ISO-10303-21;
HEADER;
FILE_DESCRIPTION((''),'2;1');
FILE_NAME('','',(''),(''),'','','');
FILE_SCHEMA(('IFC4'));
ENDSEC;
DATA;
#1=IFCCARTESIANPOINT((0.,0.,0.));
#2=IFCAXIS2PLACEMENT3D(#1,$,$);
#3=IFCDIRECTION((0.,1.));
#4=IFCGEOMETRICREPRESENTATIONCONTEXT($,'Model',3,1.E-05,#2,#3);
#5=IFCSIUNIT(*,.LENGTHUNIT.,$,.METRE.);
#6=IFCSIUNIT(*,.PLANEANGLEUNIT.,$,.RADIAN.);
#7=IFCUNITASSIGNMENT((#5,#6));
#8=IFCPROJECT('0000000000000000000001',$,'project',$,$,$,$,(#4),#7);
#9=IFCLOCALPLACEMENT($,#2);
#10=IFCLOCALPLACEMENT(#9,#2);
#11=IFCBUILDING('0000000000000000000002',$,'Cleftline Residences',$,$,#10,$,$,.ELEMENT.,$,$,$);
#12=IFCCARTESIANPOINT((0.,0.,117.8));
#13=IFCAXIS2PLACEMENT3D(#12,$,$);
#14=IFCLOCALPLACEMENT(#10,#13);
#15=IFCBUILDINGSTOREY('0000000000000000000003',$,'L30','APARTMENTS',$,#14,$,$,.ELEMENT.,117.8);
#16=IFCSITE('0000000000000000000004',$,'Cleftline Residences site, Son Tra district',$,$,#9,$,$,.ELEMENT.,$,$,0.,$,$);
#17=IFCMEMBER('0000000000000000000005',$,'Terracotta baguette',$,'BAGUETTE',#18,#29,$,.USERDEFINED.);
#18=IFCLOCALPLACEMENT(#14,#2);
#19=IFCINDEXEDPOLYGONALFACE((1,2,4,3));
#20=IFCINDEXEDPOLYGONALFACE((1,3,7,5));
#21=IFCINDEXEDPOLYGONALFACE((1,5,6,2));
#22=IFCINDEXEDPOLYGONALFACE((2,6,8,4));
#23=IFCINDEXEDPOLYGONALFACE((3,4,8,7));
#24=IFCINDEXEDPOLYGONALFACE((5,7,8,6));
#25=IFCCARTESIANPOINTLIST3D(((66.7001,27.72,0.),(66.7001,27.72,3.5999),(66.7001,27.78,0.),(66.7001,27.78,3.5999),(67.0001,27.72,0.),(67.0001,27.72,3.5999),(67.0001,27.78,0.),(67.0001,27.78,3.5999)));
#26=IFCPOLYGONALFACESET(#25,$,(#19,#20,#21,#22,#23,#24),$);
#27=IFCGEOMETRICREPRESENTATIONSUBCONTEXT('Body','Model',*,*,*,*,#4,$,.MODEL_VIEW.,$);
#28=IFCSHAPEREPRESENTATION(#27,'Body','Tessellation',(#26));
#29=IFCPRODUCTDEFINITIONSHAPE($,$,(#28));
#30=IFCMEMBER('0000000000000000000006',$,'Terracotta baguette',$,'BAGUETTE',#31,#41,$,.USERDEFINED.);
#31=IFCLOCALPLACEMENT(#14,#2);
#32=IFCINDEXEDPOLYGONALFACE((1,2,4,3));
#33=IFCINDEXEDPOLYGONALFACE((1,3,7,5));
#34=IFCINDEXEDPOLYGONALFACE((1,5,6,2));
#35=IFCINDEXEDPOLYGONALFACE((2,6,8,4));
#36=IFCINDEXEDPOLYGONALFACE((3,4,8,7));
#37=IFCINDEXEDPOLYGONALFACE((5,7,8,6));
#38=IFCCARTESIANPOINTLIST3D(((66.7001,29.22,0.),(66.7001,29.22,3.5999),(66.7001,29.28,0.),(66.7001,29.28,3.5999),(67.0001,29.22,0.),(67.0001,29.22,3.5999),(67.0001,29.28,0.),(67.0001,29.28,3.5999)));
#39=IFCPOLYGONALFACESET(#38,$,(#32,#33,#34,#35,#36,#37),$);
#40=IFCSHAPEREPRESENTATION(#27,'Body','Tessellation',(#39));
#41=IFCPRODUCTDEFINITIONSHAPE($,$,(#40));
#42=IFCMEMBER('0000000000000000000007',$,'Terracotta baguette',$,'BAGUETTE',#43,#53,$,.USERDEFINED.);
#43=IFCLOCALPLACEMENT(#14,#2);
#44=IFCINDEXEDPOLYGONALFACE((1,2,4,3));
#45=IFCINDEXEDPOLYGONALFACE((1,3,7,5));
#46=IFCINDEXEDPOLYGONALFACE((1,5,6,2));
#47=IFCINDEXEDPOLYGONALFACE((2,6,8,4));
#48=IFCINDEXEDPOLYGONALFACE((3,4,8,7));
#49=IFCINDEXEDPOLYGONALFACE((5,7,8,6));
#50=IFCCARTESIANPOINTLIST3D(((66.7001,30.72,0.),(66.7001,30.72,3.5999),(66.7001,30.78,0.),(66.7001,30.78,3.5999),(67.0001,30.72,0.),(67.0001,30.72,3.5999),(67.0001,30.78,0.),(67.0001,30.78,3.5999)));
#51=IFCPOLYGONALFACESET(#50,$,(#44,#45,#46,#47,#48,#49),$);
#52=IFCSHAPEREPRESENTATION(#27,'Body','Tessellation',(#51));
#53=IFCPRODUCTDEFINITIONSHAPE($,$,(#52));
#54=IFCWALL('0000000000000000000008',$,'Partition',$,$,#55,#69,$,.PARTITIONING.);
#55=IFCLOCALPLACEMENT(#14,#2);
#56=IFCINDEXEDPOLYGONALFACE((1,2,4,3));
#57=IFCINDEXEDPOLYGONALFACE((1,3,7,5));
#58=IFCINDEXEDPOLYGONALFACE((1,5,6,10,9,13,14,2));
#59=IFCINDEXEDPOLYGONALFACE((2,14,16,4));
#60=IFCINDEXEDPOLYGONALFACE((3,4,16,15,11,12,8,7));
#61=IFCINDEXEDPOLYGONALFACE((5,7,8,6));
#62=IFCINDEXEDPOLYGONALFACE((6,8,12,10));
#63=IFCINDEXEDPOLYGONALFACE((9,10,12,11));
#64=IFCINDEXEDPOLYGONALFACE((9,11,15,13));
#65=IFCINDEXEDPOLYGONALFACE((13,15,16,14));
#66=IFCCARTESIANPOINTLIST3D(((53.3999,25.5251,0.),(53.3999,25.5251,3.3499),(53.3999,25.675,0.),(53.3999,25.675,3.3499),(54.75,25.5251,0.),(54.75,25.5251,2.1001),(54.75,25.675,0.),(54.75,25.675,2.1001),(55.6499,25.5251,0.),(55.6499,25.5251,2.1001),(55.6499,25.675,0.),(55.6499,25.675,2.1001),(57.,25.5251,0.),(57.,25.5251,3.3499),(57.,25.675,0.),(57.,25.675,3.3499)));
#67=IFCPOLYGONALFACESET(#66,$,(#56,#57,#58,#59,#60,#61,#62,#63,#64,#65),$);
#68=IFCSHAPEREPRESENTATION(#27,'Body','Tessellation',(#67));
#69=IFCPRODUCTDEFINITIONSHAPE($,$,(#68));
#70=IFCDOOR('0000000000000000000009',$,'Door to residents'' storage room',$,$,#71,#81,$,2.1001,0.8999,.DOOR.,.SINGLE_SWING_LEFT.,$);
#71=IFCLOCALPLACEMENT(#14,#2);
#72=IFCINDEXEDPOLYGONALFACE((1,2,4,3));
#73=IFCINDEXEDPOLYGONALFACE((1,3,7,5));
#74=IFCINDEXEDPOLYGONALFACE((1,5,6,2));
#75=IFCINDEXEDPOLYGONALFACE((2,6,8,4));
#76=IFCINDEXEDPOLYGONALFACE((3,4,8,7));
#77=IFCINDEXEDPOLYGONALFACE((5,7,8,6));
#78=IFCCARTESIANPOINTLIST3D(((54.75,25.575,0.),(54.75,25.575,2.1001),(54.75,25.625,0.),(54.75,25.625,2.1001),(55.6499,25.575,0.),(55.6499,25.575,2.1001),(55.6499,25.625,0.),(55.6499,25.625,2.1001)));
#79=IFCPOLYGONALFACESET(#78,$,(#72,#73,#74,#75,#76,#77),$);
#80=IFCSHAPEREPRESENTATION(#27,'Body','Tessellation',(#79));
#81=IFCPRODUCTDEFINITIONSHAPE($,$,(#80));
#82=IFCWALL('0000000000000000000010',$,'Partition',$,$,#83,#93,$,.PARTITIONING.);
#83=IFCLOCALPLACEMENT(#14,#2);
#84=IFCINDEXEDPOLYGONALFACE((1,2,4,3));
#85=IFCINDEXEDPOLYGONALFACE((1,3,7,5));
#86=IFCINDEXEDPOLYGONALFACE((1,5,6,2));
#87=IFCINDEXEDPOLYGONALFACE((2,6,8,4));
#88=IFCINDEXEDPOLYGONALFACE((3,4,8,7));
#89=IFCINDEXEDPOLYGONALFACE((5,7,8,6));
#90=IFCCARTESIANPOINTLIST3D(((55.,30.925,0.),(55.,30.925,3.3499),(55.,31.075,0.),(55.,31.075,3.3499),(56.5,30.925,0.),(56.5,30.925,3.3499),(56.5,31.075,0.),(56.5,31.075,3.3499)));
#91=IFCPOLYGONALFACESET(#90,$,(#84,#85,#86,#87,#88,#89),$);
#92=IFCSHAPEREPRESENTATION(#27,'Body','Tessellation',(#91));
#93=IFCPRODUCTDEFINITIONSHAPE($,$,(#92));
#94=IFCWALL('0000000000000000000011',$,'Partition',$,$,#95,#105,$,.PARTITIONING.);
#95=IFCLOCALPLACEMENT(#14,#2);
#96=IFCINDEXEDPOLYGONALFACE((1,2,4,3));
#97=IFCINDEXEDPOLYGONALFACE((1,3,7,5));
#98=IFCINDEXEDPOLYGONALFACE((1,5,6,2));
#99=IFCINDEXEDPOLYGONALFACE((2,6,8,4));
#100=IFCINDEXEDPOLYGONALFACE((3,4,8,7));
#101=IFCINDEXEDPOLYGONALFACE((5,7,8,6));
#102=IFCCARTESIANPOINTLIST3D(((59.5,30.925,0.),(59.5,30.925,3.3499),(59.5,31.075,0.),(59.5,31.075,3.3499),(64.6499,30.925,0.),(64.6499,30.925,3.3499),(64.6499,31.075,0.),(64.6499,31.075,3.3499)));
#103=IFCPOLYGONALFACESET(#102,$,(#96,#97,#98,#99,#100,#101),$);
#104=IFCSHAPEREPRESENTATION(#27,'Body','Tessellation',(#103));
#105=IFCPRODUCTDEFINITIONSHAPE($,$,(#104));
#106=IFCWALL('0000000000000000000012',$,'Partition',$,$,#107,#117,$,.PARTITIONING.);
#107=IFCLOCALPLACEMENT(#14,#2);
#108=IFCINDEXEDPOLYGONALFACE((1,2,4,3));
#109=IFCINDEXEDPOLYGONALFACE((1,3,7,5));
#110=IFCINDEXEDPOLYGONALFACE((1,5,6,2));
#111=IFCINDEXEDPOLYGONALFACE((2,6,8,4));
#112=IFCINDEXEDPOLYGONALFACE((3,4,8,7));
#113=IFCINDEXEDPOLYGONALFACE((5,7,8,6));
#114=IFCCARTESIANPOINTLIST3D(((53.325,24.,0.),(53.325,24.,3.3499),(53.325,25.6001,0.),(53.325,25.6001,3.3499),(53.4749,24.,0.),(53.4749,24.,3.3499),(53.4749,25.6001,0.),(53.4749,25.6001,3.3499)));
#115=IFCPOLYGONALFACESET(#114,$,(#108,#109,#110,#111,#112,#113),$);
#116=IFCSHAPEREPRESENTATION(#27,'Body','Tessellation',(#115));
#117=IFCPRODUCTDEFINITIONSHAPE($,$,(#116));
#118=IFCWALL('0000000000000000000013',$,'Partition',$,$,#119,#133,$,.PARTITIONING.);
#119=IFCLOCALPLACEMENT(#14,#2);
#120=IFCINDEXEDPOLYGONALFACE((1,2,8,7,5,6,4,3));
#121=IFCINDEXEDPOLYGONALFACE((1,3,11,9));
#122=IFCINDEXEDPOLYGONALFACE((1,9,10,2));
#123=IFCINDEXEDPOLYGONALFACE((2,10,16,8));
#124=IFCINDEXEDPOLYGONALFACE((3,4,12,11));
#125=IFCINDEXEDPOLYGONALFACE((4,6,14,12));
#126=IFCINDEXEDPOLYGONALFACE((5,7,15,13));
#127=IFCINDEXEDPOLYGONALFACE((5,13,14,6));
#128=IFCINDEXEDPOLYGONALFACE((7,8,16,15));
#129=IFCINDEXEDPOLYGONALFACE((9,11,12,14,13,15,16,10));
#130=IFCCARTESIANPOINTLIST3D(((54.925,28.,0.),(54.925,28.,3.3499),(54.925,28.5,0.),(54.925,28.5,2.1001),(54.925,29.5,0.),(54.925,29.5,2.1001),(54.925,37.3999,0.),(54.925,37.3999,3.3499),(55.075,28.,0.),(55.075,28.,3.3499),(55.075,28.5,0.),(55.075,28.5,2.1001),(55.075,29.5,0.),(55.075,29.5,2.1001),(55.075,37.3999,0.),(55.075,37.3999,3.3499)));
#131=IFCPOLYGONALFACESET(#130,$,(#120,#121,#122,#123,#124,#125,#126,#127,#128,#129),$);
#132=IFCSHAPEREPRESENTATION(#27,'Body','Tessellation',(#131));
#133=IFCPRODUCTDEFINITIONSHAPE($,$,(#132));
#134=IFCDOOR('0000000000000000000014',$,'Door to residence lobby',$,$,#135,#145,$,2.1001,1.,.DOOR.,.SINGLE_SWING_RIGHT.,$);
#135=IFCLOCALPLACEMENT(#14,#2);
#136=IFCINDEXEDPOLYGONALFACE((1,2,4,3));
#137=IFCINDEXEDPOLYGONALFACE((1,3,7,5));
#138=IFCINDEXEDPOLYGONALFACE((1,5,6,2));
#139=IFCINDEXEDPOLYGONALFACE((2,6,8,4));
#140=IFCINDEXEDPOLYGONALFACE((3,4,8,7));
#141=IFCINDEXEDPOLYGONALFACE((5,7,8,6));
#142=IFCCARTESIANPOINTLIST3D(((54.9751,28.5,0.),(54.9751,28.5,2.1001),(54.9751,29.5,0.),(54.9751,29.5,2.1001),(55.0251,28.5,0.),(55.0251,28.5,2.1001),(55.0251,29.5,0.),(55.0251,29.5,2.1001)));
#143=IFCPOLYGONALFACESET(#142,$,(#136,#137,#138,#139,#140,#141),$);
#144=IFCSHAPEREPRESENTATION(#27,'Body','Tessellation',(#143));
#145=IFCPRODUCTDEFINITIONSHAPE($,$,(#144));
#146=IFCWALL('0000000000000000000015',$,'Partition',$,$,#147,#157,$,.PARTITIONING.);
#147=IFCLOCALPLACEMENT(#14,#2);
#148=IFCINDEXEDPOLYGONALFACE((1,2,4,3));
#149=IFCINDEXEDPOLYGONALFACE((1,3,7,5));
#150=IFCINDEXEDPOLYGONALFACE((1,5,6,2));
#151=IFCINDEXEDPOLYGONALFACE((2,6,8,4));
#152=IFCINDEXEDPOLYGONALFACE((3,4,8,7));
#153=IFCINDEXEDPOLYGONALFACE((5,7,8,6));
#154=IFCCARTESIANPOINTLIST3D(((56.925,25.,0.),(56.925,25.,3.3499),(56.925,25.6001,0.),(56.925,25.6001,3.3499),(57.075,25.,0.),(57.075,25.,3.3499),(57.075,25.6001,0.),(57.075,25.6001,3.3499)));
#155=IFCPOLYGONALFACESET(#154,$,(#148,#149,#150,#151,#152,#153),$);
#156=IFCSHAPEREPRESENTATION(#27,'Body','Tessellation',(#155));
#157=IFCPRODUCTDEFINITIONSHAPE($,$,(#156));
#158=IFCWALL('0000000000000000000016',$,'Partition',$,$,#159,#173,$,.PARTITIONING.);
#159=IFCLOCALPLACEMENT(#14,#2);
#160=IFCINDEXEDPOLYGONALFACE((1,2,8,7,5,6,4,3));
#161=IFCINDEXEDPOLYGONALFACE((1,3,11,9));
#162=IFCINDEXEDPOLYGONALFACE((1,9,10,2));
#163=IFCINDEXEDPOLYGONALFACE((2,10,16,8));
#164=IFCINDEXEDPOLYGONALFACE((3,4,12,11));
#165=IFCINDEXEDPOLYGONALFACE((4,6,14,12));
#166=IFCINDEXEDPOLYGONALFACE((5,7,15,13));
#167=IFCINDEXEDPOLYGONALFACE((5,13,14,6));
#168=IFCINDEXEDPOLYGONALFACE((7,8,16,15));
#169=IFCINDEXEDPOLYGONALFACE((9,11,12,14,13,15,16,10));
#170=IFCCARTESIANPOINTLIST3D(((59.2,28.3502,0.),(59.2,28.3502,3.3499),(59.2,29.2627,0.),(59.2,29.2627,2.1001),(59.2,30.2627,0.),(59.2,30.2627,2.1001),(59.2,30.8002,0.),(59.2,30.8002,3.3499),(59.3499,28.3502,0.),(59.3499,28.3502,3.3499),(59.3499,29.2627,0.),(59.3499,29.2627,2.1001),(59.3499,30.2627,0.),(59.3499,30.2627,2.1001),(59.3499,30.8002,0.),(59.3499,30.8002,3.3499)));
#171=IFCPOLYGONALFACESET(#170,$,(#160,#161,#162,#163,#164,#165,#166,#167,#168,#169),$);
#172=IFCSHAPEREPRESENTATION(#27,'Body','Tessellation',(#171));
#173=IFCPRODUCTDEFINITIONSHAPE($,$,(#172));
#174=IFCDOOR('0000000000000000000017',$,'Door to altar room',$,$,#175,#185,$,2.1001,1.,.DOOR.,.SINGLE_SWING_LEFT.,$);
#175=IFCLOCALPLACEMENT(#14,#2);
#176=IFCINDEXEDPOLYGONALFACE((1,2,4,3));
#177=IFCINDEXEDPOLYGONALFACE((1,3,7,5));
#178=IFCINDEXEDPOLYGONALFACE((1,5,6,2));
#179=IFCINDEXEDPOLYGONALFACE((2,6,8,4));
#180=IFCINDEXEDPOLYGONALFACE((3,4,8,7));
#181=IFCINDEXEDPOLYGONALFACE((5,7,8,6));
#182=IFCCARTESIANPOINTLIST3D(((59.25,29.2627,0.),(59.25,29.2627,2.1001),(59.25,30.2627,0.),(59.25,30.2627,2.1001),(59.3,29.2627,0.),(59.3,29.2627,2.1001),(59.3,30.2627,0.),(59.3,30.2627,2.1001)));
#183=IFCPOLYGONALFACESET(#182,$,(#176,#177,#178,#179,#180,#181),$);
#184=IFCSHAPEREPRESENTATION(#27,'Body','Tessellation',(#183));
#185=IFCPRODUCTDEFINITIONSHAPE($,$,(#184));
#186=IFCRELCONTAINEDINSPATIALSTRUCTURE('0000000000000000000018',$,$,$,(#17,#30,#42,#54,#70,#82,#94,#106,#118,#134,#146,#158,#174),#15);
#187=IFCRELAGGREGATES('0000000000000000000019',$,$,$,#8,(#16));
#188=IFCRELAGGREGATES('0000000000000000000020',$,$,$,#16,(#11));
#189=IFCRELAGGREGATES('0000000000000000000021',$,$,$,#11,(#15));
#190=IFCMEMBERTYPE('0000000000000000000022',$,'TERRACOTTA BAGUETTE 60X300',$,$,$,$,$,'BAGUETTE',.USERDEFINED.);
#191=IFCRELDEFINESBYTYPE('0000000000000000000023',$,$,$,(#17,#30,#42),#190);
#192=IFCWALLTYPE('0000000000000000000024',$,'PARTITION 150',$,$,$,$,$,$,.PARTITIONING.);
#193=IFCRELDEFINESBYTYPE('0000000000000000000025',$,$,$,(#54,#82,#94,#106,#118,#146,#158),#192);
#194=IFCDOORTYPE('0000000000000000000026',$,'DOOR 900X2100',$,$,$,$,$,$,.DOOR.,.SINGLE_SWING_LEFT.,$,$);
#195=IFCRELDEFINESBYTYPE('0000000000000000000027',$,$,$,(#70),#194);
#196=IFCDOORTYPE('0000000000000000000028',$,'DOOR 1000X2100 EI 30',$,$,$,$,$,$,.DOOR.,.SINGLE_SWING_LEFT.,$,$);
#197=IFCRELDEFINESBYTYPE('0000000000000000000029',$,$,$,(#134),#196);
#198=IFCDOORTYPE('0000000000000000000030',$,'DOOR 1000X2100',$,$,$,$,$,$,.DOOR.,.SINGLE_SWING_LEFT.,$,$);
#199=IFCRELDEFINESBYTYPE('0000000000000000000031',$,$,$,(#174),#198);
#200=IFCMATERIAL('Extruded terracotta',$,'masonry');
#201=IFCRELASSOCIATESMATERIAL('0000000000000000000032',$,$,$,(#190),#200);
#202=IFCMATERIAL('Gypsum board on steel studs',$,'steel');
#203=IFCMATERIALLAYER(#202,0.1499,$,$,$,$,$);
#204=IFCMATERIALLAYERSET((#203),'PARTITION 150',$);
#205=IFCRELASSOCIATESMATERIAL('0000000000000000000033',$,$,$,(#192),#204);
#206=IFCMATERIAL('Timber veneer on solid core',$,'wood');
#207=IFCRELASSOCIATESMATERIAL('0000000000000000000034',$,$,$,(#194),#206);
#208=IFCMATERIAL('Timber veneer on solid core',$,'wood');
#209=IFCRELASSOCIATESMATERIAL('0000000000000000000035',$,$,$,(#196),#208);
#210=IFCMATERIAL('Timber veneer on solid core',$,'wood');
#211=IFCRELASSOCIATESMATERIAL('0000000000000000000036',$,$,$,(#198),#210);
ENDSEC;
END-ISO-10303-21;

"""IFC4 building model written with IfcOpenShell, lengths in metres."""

from ifc_helpers import new_model, si_unit, direction, frame, frame_2d, origin, origin_2d, place, context, subcontext, project, spatial, rectangle, extrude, material, layer, layer_set, material_profile, profile_set, type_object, element, fill, save


model = new_model("IFC4")

# Units and contexts
model_context = context("Model", 3, precision=1e-05, world=origin(), true_north=direction((0.0, 1.0)))
body_context = subcontext(model_context, "Body", "Model", "MODEL_VIEW")
ifc_project = project(units=[si_unit("LENGTHUNIT", "METRE"), si_unit("PLANEANGLEUNIT", "RADIAN")], contexts=[model_context])

# Site, building, storey
site_placement = place(None, origin())
site = spatial("IfcSite", under=ifc_project, at=site_placement, Name="Cleftline Residences site, Son Tra district", CompositionType="ELEMENT", RefElevation=0.0)
building_placement = place(site_placement, origin())
building = spatial("IfcBuilding", under=site, at=building_placement, Name="Cleftline Residences", CompositionType="ELEMENT")
storey_placement = place(building_placement, frame((0.0, 0.0, 117.8)))
storey = spatial("IfcBuildingStorey", under=building, at=storey_placement, Name="L30", Description="APARTMENTS", CompositionType="ELEMENT", Elevation=117.8)

# Members
ifc_material_1 = material(Name="Extruded terracotta", Category="masonry")
ifc_material_profile_1 = material_profile(ifc_material_1, rectangle(XDim=0.0601, YDim=0.3, at=origin_2d()))
ifc_profile_set_1 = profile_set([ifc_material_profile_1], Name="Extruded terracotta")
member_type_1 = type_object("IfcMemberType", Name="TERRACOTTA BAGUETTE 60X300", ElementType="BAGUETTE", PredefinedType="USERDEFINED", material=ifc_profile_set_1)
for number, where, z_axis, x_axis, name in (
    (1, (66.8501, 27.75, 0.0), (0.0, 0.0, 1.0), (0.0, 1.0, 0.0), "Terracotta baguette"),
    (2, (66.8501, 29.25, 0.0), (0.0, 0.0, 1.0), (0.0, 1.0, 0.0), "Terracotta baguette"),
    (3, (66.8501, 30.75, 0.0), (0.0, 0.0, 1.0), (0.0, 1.0, 0.0), "Terracotta baguette"),
):
    element("IfcMember", number, at=place(storey_placement, frame(where, z_axis=z_axis, x_axis=x_axis)), inside=storey, type_object=member_type_1, Name=name, ObjectType="BAGUETTE", PredefinedType="USERDEFINED", context=body_context, shape_type="SweptSolid", body=[
        extrude(rectangle(XDim=0.0601, YDim=0.3, at=origin_2d()), origin(), (0.0, 0.0, 1.0), 3.5999),
    ])

# Wall, opening, door
ifc_material_2 = material(Name="Gypsum board on steel studs", Category="steel")
ifc_layer_1 = layer(ifc_material_2, 0.1499)
ifc_layer_set_1 = layer_set([ifc_layer_1], Name="PARTITION 150")
wall_type_1 = type_object("IfcWallType", Name="PARTITION 150", PredefinedType="PARTITIONING", material=ifc_layer_set_1)
wall_1_placement = place(storey_placement, frame((53.3999, 25.6001, 0.0), z_axis=(0.0, 0.0, 1.0), x_axis=(1.0, 0.0, 0.0)))
wall_1 = element("IfcWall", 4, at=wall_1_placement, inside=storey, type_object=wall_type_1, Name="Partition", PredefinedType="PARTITIONING", context=body_context, shape_type="SweptSolid", body=[
    extrude(rectangle(XDim=3.6001, YDim=0.1499, at=frame_2d((1.8, 0.0))), origin(), (0.0, 0.0, 1.0), 3.3499),
])
opening_1_placement = place(wall_1_placement, frame((1.3501, 0.0, 0.0)))
opening_1 = element("IfcOpeningElement", 5, at=opening_1_placement, cuts=wall_1, PredefinedType="OPENING", context=body_context, shape_type="SweptSolid", body=[
    extrude(rectangle(XDim=0.8999, YDim=2.1001, at=frame_2d((0.45, 1.05))), frame((0.0, 0.085, 0.0), z_axis=(0.0, -1.0, 0.0), x_axis=(1.0, 0.0, 0.0)), (0.0, 0.0, 1.0), 0.1699),
])
ifc_material_3 = material(Name="Timber veneer on solid core", Category="wood")
door_type_1 = type_object("IfcDoorType", Name="DOOR 900X2100", OperationType="SINGLE_SWING_LEFT", PredefinedType="DOOR", material=ifc_material_3)
door_1_placement = place(opening_1_placement, origin())
door_1 = element("IfcDoor", 6, at=door_1_placement, inside=storey, type_object=door_type_1, Name="Door to residents' storage room", OperationType="SINGLE_SWING_LEFT", OverallHeight=2.1001, OverallWidth=0.8999, PredefinedType="DOOR", context=body_context, shape_type="SweptSolid", body=[
    extrude(rectangle(XDim=0.8999, YDim=2.1001, at=frame_2d((0.45, 1.05))), frame((0.0, 0.0249, 0.0), z_axis=(0.0, -1.0, 0.0), x_axis=(1.0, 0.0, 0.0)), (0.0, 0.0, 1.0), 0.05),
])
fill(opening_1, door_1)

# Walls
wall_2_placement = place(storey_placement, frame((55.0, 31.0, 0.0), z_axis=(0.0, 0.0, 1.0), x_axis=(1.0, 0.0, 0.0)))
element("IfcWall", 7, at=wall_2_placement, inside=storey, type_object=wall_type_1, Name="Partition", PredefinedType="PARTITIONING", context=body_context, shape_type="SweptSolid", body=[
    extrude(rectangle(XDim=1.5, YDim=0.1499, at=frame_2d((0.75, 0.0))), origin(), (0.0, 0.0, 1.0), 3.3499),
])
wall_3_placement = place(storey_placement, frame((59.5, 31.0, 0.0), z_axis=(0.0, 0.0, 1.0), x_axis=(1.0, 0.0, 0.0)))
element("IfcWall", 8, at=wall_3_placement, inside=storey, type_object=wall_type_1, Name="Partition", PredefinedType="PARTITIONING", context=body_context, shape_type="SweptSolid", body=[
    extrude(rectangle(XDim=5.1499, YDim=0.1499, at=frame_2d((2.575, 0.0))), origin(), (0.0, 0.0, 1.0), 3.3499),
])
wall_4_placement = place(storey_placement, frame((53.3999, 24.0, 0.0), z_axis=(0.0, 0.0, 1.0), x_axis=(0.0, 1.0, 0.0)))
element("IfcWall", 9, at=wall_4_placement, inside=storey, type_object=wall_type_1, Name="Partition", PredefinedType="PARTITIONING", context=body_context, shape_type="SweptSolid", body=[
    extrude(rectangle(XDim=1.6001, YDim=0.1499, at=frame_2d((0.8, 0.0))), origin(), (0.0, 0.0, 1.0), 3.3499),
])

# Wall, opening, door
wall_5_placement = place(storey_placement, frame((55.0, 28.0, 0.0), z_axis=(0.0, 0.0, 1.0), x_axis=(0.0, 1.0, 0.0)))
wall_5 = element("IfcWall", 10, at=wall_5_placement, inside=storey, type_object=wall_type_1, Name="Partition", PredefinedType="PARTITIONING", context=body_context, shape_type="SweptSolid", body=[
    extrude(rectangle(XDim=9.3999, YDim=0.1499, at=frame_2d((4.7, 0.0))), origin(), (0.0, 0.0, 1.0), 3.3499),
])
opening_2_placement = place(wall_5_placement, frame((0.5, 0.0, 0.0)))
opening_2 = element("IfcOpeningElement", 11, at=opening_2_placement, cuts=wall_5, PredefinedType="OPENING", context=body_context, shape_type="SweptSolid", body=[
    extrude(rectangle(XDim=1.0, YDim=2.1001, at=frame_2d((0.5, 1.05))), frame((0.0, 0.085, 0.0), z_axis=(0.0, -1.0, 0.0), x_axis=(1.0, 0.0, 0.0)), (0.0, 0.0, 1.0), 0.1699),
])
ifc_material_4 = material(Name="Timber veneer on solid core", Category="wood")
door_type_2 = type_object("IfcDoorType", Name="DOOR 1000X2100 EI 30", OperationType="SINGLE_SWING_LEFT", PredefinedType="DOOR", material=ifc_material_4)
door_2_placement = place(opening_2_placement, origin())
door_2 = element("IfcDoor", 12, at=door_2_placement, inside=storey, type_object=door_type_2, Name="Door to residence lobby", OperationType="SINGLE_SWING_RIGHT", OverallHeight=2.1001, OverallWidth=1.0, PredefinedType="DOOR", context=body_context, shape_type="SweptSolid", body=[
    extrude(rectangle(XDim=1.0, YDim=2.1001, at=frame_2d((0.5, 1.05))), frame((0.0, 0.0249, 0.0), z_axis=(0.0, -1.0, 0.0), x_axis=(1.0, 0.0, 0.0)), (0.0, 0.0, 1.0), 0.05),
])
fill(opening_2, door_2)

# Wall
wall_6_placement = place(storey_placement, frame((57.0, 25.0, 0.0), z_axis=(0.0, 0.0, 1.0), x_axis=(0.0, 1.0, 0.0)))
element("IfcWall", 13, at=wall_6_placement, inside=storey, type_object=wall_type_1, Name="Partition", PredefinedType="PARTITIONING", context=body_context, shape_type="SweptSolid", body=[
    extrude(rectangle(XDim=0.6001, YDim=0.1499, at=frame_2d((0.3, 0.0))), origin(), (0.0, 0.0, 1.0), 3.3499),
])

# Wall, opening, door
wall_7_placement = place(storey_placement, frame((59.2749, 28.3501, 0.0), z_axis=(0.0, 0.0, 1.0), x_axis=(0.0, 1.0, 0.0)))
wall_7 = element("IfcWall", 14, at=wall_7_placement, inside=storey, type_object=wall_type_1, Name="Partition", PredefinedType="PARTITIONING", context=body_context, shape_type="SweptSolid", body=[
    extrude(rectangle(XDim=2.45, YDim=0.1499, at=frame_2d((1.2251, 0.0))), origin(), (0.0, 0.0, 1.0), 3.3499),
])
opening_3_placement = place(wall_7_placement, frame((0.9126, 0.0, 0.0)))
opening_3 = element("IfcOpeningElement", 15, at=opening_3_placement, cuts=wall_7, PredefinedType="OPENING", context=body_context, shape_type="SweptSolid", body=[
    extrude(rectangle(XDim=1.0, YDim=2.1001, at=frame_2d((0.5, 1.05))), frame((0.0, 0.085, 0.0), z_axis=(0.0, -1.0, 0.0), x_axis=(1.0, 0.0, 0.0)), (0.0, 0.0, 1.0), 0.1699),
])
ifc_material_5 = material(Name="Timber veneer on solid core", Category="wood")
door_type_3 = type_object("IfcDoorType", Name="DOOR 1000X2100", OperationType="SINGLE_SWING_LEFT", PredefinedType="DOOR", material=ifc_material_5)
door_3_placement = place(opening_3_placement, origin())
door_3 = element("IfcDoor", 16, at=door_3_placement, inside=storey, type_object=door_type_3, Name="Door to altar room", OperationType="SINGLE_SWING_LEFT", OverallHeight=2.1001, OverallWidth=1.0, PredefinedType="DOOR", context=body_context, shape_type="SweptSolid", body=[
    extrude(rectangle(XDim=1.0, YDim=2.1001, at=frame_2d((0.5, 1.05))), frame((0.0, 0.0249, 0.0), z_axis=(0.0, -1.0, 0.0), x_axis=(1.0, 0.0, 0.0)), (0.0, 0.0, 1.0), 0.05),
])
fill(opening_3, door_3)

save(model, "model.ifc")
